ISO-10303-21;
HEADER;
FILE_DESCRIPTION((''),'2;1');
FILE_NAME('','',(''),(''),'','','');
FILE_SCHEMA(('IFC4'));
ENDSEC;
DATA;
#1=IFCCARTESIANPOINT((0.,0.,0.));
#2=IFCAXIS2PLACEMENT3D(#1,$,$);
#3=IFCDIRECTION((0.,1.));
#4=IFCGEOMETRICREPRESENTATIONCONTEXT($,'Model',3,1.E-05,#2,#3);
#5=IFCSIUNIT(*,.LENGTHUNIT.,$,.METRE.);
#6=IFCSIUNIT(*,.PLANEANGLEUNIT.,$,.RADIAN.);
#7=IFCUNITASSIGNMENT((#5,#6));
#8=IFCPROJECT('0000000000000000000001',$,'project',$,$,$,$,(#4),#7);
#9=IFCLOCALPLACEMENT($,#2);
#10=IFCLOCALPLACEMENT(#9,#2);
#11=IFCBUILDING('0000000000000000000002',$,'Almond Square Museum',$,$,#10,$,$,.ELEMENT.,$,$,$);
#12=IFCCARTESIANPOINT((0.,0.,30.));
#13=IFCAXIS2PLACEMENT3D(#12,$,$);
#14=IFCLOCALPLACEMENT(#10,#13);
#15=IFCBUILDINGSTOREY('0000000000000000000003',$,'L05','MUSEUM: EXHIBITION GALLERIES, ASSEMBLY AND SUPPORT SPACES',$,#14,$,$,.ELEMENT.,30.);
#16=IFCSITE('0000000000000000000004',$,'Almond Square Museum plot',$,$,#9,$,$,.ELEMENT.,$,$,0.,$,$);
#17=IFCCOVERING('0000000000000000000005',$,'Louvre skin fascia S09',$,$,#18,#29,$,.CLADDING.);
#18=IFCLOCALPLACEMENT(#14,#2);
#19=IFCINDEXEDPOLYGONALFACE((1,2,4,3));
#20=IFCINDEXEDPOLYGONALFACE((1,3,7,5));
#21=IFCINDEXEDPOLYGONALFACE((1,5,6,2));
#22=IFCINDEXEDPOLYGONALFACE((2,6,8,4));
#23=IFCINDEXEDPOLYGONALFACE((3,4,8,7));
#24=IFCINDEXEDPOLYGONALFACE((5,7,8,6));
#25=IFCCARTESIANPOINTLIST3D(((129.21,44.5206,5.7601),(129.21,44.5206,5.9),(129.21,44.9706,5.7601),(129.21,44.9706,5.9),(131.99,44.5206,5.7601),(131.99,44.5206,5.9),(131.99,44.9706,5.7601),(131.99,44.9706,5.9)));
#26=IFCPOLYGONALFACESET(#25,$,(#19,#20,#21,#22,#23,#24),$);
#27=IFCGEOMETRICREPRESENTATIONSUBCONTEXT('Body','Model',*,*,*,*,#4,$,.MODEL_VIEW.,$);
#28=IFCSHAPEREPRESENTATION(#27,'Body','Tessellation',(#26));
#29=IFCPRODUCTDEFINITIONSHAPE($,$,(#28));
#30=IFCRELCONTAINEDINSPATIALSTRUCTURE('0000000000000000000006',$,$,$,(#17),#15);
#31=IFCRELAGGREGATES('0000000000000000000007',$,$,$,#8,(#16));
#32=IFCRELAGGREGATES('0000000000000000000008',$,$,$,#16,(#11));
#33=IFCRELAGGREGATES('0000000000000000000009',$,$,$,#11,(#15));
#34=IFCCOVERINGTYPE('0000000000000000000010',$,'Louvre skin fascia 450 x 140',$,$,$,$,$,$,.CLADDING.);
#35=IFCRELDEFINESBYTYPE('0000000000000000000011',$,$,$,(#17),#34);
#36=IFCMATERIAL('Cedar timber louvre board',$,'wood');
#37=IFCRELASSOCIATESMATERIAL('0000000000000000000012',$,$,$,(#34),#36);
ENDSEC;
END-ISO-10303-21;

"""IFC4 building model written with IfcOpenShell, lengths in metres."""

from ifc_helpers import new_model, si_unit, direction, frame, origin, origin_2d, place, context, subcontext, project, spatial, rectangle, extrude, material, material_profile, profile_set, type_object, element, save


model = new_model("IFC4")

# Units and contexts
model_context = context("Model", 3, precision=1e-05, world=origin(), true_north=direction((0.0, 1.0)))
body_context = subcontext(model_context, "Body", "Model", "MODEL_VIEW")
ifc_project = project(units=[si_unit("LENGTHUNIT", "METRE"), si_unit("PLANEANGLEUNIT", "RADIAN")], contexts=[model_context])

# Site, building, storey
site_placement = place(None, origin())
site = spatial("IfcSite", under=ifc_project, at=site_placement, Name="Almond Square Museum plot", CompositionType="ELEMENT", RefElevation=0.0)
building_placement = place(site_placement, origin())
building = spatial("IfcBuilding", under=site, at=building_placement, Name="Almond Square Museum", CompositionType="ELEMENT")
storey_placement = place(building_placement, frame((0.0, 0.0, 30.0)))
storey = spatial("IfcBuildingStorey", under=building, at=storey_placement, Name="L05", Description="MUSEUM: EXHIBITION GALLERIES, ASSEMBLY AND SUPPORT SPACES", CompositionType="ELEMENT", Elevation=30.0)

# Covering
ifc_material_1 = material(Name="Cedar timber louvre board", Category="wood")
ifc_material_profile_1 = material_profile(ifc_material_1, rectangle(XDim=0.45, YDim=0.1399, at=origin_2d()))
ifc_profile_set_1 = profile_set([ifc_material_profile_1], Name="Cedar timber louvre board")
covering_type_1 = type_object("IfcCoveringType", Name="Louvre skin fascia 450 x 140", PredefinedType="CLADDING", material=ifc_profile_set_1)
for number, where, z_axis, x_axis, name in (
    (1, (129.21, 44.7456, 5.8301), (1.0, 0.0, 0.0), (0.0, 1.0, 0.0), "Louvre skin fascia S09"),
):
    element("IfcCovering", number, at=place(storey_placement, frame(where, z_axis=z_axis, x_axis=x_axis)), inside=storey, type_object=covering_type_1, Name=name, PredefinedType="CLADDING", context=body_context, shape_type="SweptSolid", body=[
        extrude(rectangle(XDim=0.45, YDim=0.1399, at=origin_2d()), origin(), (0.0, 0.0, 1.0), 2.78),
    ])

save(model, "model.ifc")
